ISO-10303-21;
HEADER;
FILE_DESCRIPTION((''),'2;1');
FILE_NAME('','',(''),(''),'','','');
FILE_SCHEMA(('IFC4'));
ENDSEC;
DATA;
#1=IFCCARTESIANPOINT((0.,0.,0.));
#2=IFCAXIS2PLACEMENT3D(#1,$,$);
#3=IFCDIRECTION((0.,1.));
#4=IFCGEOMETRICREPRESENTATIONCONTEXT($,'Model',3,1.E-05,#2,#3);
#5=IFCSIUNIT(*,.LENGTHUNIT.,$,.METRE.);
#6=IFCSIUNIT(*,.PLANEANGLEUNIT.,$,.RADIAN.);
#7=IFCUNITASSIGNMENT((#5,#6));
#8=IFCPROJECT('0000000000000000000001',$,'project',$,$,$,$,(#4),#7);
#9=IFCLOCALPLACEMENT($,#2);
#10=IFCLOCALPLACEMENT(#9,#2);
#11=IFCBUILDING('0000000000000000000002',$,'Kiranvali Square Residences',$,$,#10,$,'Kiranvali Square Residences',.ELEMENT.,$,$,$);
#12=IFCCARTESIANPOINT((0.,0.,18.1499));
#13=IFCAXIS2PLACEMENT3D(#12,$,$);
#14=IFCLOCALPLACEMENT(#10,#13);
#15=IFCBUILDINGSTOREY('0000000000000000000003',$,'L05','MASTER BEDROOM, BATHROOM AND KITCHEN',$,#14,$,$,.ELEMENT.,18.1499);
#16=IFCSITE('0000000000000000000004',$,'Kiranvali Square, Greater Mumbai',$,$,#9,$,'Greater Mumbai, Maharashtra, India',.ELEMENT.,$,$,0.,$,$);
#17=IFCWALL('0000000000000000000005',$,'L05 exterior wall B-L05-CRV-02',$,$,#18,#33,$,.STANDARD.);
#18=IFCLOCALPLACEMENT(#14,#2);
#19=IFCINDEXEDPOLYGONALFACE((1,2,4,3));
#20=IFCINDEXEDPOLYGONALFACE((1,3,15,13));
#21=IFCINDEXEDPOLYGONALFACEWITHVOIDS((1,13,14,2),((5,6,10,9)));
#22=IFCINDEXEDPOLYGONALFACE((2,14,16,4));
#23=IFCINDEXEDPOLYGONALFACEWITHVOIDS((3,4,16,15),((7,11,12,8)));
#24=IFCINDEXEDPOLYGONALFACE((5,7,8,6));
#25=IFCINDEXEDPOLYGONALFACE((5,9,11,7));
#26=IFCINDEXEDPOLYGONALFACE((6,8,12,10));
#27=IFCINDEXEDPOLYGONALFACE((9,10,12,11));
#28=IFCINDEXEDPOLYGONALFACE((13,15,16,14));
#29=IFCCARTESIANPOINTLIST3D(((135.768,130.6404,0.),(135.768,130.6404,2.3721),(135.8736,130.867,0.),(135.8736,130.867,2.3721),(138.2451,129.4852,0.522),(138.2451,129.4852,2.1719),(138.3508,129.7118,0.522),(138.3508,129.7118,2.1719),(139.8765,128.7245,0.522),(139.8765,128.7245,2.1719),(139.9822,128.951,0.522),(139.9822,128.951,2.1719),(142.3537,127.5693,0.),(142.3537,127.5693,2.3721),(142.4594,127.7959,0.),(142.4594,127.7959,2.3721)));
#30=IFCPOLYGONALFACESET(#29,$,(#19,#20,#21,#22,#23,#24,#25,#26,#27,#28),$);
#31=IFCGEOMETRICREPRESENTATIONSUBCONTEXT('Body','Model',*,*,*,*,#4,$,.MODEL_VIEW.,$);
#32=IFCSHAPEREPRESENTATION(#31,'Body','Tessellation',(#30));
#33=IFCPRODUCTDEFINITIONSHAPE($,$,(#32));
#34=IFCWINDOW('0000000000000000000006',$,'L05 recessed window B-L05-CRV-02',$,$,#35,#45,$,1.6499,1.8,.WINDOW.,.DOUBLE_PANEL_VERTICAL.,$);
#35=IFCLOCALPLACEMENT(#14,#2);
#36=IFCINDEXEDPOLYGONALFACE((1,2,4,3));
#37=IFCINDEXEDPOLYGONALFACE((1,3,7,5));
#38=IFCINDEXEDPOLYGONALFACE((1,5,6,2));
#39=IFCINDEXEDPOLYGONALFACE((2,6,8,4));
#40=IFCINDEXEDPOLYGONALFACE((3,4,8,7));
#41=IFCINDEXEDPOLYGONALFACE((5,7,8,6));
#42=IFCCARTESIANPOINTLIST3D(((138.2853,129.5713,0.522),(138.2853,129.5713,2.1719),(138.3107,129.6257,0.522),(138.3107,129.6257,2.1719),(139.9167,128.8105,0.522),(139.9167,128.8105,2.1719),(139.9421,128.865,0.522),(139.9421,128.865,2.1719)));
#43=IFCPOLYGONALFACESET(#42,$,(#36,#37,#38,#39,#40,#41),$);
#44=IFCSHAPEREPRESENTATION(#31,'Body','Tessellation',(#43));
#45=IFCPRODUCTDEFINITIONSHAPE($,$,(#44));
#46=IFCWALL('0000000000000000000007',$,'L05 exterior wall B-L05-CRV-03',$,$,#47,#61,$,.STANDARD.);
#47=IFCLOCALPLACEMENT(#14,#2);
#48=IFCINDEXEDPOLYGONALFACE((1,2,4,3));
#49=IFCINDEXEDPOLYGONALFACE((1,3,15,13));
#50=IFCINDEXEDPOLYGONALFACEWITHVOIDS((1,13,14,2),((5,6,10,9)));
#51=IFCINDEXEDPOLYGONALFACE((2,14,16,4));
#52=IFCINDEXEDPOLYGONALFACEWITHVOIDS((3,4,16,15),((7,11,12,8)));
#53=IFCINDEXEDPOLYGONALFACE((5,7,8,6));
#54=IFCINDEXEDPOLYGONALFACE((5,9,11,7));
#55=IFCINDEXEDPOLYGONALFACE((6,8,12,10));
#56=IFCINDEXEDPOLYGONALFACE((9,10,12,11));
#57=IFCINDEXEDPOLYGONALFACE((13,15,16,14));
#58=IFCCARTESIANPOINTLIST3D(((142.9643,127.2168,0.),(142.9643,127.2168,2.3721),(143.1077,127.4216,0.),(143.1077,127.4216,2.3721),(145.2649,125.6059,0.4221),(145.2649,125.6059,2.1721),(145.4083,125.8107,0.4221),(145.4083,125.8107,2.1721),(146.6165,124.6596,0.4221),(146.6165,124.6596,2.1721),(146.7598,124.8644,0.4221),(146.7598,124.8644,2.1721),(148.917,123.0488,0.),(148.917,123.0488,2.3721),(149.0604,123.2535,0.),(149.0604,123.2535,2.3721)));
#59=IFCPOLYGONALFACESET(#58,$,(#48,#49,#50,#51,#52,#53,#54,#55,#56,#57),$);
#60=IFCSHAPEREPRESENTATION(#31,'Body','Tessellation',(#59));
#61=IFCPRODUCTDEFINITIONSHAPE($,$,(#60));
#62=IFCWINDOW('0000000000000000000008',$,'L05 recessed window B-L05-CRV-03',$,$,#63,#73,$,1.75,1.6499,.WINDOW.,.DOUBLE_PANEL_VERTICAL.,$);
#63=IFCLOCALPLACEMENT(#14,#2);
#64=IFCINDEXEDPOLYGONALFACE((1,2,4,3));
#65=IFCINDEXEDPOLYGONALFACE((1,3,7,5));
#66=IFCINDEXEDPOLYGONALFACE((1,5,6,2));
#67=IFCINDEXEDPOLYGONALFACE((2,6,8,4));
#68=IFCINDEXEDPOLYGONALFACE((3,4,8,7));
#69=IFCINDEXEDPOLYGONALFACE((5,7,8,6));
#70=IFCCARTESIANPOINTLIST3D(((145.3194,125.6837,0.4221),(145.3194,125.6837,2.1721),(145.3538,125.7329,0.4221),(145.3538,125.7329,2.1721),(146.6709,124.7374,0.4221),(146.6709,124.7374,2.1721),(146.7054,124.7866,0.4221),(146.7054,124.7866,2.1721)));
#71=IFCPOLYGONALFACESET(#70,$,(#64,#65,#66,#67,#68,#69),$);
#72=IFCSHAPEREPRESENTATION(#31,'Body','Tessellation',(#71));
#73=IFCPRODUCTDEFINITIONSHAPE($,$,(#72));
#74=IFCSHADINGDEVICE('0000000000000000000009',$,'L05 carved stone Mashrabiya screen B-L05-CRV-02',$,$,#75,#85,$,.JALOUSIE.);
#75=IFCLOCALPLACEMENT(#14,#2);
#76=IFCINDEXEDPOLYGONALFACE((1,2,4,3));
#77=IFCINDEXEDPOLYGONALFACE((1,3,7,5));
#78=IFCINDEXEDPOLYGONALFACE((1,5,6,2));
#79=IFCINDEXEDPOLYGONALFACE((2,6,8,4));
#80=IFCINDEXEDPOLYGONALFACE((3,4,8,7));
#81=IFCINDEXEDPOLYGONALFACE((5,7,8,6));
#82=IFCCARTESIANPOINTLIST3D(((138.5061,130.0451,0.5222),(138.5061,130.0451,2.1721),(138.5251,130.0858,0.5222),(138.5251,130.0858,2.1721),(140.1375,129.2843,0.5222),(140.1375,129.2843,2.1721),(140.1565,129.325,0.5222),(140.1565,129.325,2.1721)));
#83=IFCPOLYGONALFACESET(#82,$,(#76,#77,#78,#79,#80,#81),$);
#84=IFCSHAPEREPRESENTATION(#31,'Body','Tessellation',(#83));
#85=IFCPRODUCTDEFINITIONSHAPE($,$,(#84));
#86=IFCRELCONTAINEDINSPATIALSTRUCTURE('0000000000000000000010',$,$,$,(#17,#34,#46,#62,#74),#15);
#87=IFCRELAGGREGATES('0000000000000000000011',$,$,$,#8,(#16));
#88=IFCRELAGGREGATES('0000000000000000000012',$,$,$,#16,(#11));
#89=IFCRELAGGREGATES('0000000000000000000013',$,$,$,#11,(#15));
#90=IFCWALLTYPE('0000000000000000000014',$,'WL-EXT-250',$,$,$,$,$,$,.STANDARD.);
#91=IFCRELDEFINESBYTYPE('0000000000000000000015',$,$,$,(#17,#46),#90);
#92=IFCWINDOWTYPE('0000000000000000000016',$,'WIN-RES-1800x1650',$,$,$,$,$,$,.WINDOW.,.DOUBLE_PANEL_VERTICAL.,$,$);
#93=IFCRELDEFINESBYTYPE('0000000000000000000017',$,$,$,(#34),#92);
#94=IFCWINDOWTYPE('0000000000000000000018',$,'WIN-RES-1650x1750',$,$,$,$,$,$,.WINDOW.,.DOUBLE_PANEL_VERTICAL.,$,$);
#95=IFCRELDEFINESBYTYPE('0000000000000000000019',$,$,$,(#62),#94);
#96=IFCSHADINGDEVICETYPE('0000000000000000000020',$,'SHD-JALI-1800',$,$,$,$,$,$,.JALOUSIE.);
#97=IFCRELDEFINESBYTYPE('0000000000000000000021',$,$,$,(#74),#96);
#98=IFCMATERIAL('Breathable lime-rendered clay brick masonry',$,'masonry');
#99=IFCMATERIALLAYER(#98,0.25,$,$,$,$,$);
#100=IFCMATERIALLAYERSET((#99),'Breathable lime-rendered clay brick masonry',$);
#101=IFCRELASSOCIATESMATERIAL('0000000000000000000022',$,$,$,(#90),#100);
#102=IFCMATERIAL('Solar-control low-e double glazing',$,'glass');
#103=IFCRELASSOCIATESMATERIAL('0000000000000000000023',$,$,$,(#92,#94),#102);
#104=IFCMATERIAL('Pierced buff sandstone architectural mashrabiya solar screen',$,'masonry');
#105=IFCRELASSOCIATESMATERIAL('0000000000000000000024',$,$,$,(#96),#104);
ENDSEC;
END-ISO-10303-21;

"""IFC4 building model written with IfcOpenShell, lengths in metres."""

from ifc_helpers import new_model, si_unit, direction, frame, frame_2d, origin, origin_2d, place, context, subcontext, project, spatial, rectangle, extrude, material, layer, layer_set, type_object, element, fill, save


model = new_model("IFC4")

# Units and contexts
model_context = context("Model", 3, precision=1e-05, world=origin(), true_north=direction((0.0, 1.0)))
body_context = subcontext(model_context, "Body", "Model", "MODEL_VIEW")
ifc_project = project(units=[si_unit("LENGTHUNIT", "METRE"), si_unit("PLANEANGLEUNIT", "RADIAN")], contexts=[model_context])

# Site, building, storey
site_placement = place(None, origin())
site = spatial("IfcSite", under=ifc_project, at=site_placement, Name="Kiranvali Square, Greater Mumbai", LongName="Greater Mumbai, Maharashtra, India", CompositionType="ELEMENT", RefElevation=0.0)
building_placement = place(site_placement, origin())
building = spatial("IfcBuilding", under=site, at=building_placement, Name="Kiranvali Square Residences", LongName="Kiranvali Square Residences", CompositionType="ELEMENT")
storey_placement = place(building_placement, frame((0.0, 0.0, 18.1499)))
storey = spatial("IfcBuildingStorey", under=building, at=storey_placement, Name="L05", Description="MASTER BEDROOM, BATHROOM AND KITCHEN", CompositionType="ELEMENT", Elevation=18.1499)

# Walls, openings, windows
ifc_material_1 = material(Name="Breathable lime-rendered clay brick masonry", Category="masonry")
ifc_layer = layer(ifc_material_1, 0.25)
ifc_layer_set = layer_set([ifc_layer], Name="Breathable lime-rendered clay brick masonry")
wall_type = type_object("IfcWallType", Name="WL-EXT-250", PredefinedType="STANDARD", material=ifc_layer_set)
wall_1_placement = place(storey_placement, frame((135.8208, 130.7537, 0.0), z_axis=(0.0, 0.0, 1.0), x_axis=(0.906303, -0.422628, 0.0)))
wall_1 = element("IfcWall", 1, at=wall_1_placement, inside=storey, type_object=wall_type, Name="L05 exterior wall B-L05-CRV-02", PredefinedType="STANDARD", context=body_context, shape_type="SweptSolid", body=[
    extrude(rectangle(XDim=7.2666, YDim=0.25, at=frame_2d((3.6333, 0.0))), origin(), (0.0, 0.0, 1.0), 2.3721),
])
opening_1_placement = place(wall_1_placement, frame((2.7334, 0.0, 0.522)))
opening_1 = element("IfcOpeningElement", 2, at=opening_1_placement, cuts=wall_1, PredefinedType="OPENING", context=body_context, shape_type="SweptSolid", body=[
    extrude(rectangle(XDim=1.8, YDim=1.6499, at=frame_2d((0.8999, 0.825))), frame((0.0, 0.135, 0.0), z_axis=(0.0, -1.0, 0.0), x_axis=(1.0, 0.0, 0.0)), (0.0, 0.0, 1.0), 0.27),
])
ifc_material_2 = material(Name="Solar-control low-e double glazing", Category="glass")
window_type_1 = type_object("IfcWindowType", Name="WIN-RES-1800x1650", PartitioningType="DOUBLE_PANEL_VERTICAL", PredefinedType="WINDOW", material=ifc_material_2)
window_1_placement = place(opening_1_placement, origin())
window_1 = element("IfcWindow", 3, at=window_1_placement, inside=storey, type_object=window_type_1, Name="L05 recessed window B-L05-CRV-02", OverallHeight=1.6499, OverallWidth=1.8, PartitioningType="DOUBLE_PANEL_VERTICAL", PredefinedType="WINDOW", context=body_context, shape_type="SweptSolid", body=[
    extrude(rectangle(XDim=1.8, YDim=1.6499, at=frame_2d((0.8999, 0.825))), frame((0.0, 0.03, 0.0), z_axis=(0.0, -1.0, 0.0), x_axis=(1.0, 0.0, 0.0)), (0.0, 0.0, 1.0), 0.0601),
])
fill(opening_1, window_1)
wall_2_placement = place(storey_placement, frame((143.0361, 127.3191, 0.0), z_axis=(0.0, 0.0, 1.0), x_axis=(0.819159, -0.573566, 0.0)))
wall_2 = element("IfcWall", 4, at=wall_2_placement, inside=storey, type_object=wall_type, Name="L05 exterior wall B-L05-CRV-03", PredefinedType="STANDARD", context=body_context, shape_type="SweptSolid", body=[
    extrude(rectangle(XDim=7.2668, YDim=0.25, at=frame_2d((3.6333, 0.0))), origin(), (0.0, 0.0, 1.0), 2.3721),
])
opening_2_placement = place(wall_2_placement, frame((2.8083, 0.0, 0.4221)))
opening_2 = element("IfcOpeningElement", 5, at=opening_2_placement, cuts=wall_2, PredefinedType="OPENING", context=body_context, shape_type="SweptSolid", body=[
    extrude(rectangle(XDim=1.6499, YDim=1.75, at=frame_2d((0.825, 0.875))), frame((0.0, 0.135, 0.0), z_axis=(0.0, -1.0, 0.0), x_axis=(1.0, 0.0, 0.0)), (0.0, 0.0, 1.0), 0.27),
])
window_type_2 = type_object("IfcWindowType", Name="WIN-RES-1650x1750", PartitioningType="DOUBLE_PANEL_VERTICAL", PredefinedType="WINDOW", material=ifc_material_2)
window_2_placement = place(opening_2_placement, origin())
window_2 = element("IfcWindow", 6, at=window_2_placement, inside=storey, type_object=window_type_2, Name="L05 recessed window B-L05-CRV-03", OverallHeight=1.75, OverallWidth=1.6499, PartitioningType="DOUBLE_PANEL_VERTICAL", PredefinedType="WINDOW", context=body_context, shape_type="SweptSolid", body=[
    extrude(rectangle(XDim=1.6499, YDim=1.75, at=frame_2d((0.825, 0.875))), frame((0.0, 0.03, 0.0), z_axis=(0.0, -1.0, 0.0), x_axis=(1.0, 0.0, 0.0)), (0.0, 0.0, 1.0), 0.0601),
])
fill(opening_2, window_2)

# Shading device
ifc_material_3 = material(Name="Pierced buff sandstone architectural mashrabiya solar screen", Category="masonry")
shading_device_type = type_object("IfcShadingDeviceType", Name="SHD-JALI-1800", PredefinedType="JALOUSIE", material=ifc_material_3)
shading_device_placement = place(storey_placement, frame((139.3313, 129.6851, 0.5222), z_axis=(0.0, 0.0, 1.0), x_axis=(0.906308, -0.422618, 0.0)))
element("IfcShadingDevice", 7, at=shading_device_placement, inside=storey, type_object=shading_device_type, Name="L05 carved stone Mashrabiya screen B-L05-CRV-02", PredefinedType="JALOUSIE", context=body_context, shape_type="SweptSolid", body=[
    extrude(rectangle(XDim=1.8, YDim=0.0449, at=origin_2d()), origin(), (0.0, 0.0, 1.0), 1.6499),
])

save(model, "model.ifc")
